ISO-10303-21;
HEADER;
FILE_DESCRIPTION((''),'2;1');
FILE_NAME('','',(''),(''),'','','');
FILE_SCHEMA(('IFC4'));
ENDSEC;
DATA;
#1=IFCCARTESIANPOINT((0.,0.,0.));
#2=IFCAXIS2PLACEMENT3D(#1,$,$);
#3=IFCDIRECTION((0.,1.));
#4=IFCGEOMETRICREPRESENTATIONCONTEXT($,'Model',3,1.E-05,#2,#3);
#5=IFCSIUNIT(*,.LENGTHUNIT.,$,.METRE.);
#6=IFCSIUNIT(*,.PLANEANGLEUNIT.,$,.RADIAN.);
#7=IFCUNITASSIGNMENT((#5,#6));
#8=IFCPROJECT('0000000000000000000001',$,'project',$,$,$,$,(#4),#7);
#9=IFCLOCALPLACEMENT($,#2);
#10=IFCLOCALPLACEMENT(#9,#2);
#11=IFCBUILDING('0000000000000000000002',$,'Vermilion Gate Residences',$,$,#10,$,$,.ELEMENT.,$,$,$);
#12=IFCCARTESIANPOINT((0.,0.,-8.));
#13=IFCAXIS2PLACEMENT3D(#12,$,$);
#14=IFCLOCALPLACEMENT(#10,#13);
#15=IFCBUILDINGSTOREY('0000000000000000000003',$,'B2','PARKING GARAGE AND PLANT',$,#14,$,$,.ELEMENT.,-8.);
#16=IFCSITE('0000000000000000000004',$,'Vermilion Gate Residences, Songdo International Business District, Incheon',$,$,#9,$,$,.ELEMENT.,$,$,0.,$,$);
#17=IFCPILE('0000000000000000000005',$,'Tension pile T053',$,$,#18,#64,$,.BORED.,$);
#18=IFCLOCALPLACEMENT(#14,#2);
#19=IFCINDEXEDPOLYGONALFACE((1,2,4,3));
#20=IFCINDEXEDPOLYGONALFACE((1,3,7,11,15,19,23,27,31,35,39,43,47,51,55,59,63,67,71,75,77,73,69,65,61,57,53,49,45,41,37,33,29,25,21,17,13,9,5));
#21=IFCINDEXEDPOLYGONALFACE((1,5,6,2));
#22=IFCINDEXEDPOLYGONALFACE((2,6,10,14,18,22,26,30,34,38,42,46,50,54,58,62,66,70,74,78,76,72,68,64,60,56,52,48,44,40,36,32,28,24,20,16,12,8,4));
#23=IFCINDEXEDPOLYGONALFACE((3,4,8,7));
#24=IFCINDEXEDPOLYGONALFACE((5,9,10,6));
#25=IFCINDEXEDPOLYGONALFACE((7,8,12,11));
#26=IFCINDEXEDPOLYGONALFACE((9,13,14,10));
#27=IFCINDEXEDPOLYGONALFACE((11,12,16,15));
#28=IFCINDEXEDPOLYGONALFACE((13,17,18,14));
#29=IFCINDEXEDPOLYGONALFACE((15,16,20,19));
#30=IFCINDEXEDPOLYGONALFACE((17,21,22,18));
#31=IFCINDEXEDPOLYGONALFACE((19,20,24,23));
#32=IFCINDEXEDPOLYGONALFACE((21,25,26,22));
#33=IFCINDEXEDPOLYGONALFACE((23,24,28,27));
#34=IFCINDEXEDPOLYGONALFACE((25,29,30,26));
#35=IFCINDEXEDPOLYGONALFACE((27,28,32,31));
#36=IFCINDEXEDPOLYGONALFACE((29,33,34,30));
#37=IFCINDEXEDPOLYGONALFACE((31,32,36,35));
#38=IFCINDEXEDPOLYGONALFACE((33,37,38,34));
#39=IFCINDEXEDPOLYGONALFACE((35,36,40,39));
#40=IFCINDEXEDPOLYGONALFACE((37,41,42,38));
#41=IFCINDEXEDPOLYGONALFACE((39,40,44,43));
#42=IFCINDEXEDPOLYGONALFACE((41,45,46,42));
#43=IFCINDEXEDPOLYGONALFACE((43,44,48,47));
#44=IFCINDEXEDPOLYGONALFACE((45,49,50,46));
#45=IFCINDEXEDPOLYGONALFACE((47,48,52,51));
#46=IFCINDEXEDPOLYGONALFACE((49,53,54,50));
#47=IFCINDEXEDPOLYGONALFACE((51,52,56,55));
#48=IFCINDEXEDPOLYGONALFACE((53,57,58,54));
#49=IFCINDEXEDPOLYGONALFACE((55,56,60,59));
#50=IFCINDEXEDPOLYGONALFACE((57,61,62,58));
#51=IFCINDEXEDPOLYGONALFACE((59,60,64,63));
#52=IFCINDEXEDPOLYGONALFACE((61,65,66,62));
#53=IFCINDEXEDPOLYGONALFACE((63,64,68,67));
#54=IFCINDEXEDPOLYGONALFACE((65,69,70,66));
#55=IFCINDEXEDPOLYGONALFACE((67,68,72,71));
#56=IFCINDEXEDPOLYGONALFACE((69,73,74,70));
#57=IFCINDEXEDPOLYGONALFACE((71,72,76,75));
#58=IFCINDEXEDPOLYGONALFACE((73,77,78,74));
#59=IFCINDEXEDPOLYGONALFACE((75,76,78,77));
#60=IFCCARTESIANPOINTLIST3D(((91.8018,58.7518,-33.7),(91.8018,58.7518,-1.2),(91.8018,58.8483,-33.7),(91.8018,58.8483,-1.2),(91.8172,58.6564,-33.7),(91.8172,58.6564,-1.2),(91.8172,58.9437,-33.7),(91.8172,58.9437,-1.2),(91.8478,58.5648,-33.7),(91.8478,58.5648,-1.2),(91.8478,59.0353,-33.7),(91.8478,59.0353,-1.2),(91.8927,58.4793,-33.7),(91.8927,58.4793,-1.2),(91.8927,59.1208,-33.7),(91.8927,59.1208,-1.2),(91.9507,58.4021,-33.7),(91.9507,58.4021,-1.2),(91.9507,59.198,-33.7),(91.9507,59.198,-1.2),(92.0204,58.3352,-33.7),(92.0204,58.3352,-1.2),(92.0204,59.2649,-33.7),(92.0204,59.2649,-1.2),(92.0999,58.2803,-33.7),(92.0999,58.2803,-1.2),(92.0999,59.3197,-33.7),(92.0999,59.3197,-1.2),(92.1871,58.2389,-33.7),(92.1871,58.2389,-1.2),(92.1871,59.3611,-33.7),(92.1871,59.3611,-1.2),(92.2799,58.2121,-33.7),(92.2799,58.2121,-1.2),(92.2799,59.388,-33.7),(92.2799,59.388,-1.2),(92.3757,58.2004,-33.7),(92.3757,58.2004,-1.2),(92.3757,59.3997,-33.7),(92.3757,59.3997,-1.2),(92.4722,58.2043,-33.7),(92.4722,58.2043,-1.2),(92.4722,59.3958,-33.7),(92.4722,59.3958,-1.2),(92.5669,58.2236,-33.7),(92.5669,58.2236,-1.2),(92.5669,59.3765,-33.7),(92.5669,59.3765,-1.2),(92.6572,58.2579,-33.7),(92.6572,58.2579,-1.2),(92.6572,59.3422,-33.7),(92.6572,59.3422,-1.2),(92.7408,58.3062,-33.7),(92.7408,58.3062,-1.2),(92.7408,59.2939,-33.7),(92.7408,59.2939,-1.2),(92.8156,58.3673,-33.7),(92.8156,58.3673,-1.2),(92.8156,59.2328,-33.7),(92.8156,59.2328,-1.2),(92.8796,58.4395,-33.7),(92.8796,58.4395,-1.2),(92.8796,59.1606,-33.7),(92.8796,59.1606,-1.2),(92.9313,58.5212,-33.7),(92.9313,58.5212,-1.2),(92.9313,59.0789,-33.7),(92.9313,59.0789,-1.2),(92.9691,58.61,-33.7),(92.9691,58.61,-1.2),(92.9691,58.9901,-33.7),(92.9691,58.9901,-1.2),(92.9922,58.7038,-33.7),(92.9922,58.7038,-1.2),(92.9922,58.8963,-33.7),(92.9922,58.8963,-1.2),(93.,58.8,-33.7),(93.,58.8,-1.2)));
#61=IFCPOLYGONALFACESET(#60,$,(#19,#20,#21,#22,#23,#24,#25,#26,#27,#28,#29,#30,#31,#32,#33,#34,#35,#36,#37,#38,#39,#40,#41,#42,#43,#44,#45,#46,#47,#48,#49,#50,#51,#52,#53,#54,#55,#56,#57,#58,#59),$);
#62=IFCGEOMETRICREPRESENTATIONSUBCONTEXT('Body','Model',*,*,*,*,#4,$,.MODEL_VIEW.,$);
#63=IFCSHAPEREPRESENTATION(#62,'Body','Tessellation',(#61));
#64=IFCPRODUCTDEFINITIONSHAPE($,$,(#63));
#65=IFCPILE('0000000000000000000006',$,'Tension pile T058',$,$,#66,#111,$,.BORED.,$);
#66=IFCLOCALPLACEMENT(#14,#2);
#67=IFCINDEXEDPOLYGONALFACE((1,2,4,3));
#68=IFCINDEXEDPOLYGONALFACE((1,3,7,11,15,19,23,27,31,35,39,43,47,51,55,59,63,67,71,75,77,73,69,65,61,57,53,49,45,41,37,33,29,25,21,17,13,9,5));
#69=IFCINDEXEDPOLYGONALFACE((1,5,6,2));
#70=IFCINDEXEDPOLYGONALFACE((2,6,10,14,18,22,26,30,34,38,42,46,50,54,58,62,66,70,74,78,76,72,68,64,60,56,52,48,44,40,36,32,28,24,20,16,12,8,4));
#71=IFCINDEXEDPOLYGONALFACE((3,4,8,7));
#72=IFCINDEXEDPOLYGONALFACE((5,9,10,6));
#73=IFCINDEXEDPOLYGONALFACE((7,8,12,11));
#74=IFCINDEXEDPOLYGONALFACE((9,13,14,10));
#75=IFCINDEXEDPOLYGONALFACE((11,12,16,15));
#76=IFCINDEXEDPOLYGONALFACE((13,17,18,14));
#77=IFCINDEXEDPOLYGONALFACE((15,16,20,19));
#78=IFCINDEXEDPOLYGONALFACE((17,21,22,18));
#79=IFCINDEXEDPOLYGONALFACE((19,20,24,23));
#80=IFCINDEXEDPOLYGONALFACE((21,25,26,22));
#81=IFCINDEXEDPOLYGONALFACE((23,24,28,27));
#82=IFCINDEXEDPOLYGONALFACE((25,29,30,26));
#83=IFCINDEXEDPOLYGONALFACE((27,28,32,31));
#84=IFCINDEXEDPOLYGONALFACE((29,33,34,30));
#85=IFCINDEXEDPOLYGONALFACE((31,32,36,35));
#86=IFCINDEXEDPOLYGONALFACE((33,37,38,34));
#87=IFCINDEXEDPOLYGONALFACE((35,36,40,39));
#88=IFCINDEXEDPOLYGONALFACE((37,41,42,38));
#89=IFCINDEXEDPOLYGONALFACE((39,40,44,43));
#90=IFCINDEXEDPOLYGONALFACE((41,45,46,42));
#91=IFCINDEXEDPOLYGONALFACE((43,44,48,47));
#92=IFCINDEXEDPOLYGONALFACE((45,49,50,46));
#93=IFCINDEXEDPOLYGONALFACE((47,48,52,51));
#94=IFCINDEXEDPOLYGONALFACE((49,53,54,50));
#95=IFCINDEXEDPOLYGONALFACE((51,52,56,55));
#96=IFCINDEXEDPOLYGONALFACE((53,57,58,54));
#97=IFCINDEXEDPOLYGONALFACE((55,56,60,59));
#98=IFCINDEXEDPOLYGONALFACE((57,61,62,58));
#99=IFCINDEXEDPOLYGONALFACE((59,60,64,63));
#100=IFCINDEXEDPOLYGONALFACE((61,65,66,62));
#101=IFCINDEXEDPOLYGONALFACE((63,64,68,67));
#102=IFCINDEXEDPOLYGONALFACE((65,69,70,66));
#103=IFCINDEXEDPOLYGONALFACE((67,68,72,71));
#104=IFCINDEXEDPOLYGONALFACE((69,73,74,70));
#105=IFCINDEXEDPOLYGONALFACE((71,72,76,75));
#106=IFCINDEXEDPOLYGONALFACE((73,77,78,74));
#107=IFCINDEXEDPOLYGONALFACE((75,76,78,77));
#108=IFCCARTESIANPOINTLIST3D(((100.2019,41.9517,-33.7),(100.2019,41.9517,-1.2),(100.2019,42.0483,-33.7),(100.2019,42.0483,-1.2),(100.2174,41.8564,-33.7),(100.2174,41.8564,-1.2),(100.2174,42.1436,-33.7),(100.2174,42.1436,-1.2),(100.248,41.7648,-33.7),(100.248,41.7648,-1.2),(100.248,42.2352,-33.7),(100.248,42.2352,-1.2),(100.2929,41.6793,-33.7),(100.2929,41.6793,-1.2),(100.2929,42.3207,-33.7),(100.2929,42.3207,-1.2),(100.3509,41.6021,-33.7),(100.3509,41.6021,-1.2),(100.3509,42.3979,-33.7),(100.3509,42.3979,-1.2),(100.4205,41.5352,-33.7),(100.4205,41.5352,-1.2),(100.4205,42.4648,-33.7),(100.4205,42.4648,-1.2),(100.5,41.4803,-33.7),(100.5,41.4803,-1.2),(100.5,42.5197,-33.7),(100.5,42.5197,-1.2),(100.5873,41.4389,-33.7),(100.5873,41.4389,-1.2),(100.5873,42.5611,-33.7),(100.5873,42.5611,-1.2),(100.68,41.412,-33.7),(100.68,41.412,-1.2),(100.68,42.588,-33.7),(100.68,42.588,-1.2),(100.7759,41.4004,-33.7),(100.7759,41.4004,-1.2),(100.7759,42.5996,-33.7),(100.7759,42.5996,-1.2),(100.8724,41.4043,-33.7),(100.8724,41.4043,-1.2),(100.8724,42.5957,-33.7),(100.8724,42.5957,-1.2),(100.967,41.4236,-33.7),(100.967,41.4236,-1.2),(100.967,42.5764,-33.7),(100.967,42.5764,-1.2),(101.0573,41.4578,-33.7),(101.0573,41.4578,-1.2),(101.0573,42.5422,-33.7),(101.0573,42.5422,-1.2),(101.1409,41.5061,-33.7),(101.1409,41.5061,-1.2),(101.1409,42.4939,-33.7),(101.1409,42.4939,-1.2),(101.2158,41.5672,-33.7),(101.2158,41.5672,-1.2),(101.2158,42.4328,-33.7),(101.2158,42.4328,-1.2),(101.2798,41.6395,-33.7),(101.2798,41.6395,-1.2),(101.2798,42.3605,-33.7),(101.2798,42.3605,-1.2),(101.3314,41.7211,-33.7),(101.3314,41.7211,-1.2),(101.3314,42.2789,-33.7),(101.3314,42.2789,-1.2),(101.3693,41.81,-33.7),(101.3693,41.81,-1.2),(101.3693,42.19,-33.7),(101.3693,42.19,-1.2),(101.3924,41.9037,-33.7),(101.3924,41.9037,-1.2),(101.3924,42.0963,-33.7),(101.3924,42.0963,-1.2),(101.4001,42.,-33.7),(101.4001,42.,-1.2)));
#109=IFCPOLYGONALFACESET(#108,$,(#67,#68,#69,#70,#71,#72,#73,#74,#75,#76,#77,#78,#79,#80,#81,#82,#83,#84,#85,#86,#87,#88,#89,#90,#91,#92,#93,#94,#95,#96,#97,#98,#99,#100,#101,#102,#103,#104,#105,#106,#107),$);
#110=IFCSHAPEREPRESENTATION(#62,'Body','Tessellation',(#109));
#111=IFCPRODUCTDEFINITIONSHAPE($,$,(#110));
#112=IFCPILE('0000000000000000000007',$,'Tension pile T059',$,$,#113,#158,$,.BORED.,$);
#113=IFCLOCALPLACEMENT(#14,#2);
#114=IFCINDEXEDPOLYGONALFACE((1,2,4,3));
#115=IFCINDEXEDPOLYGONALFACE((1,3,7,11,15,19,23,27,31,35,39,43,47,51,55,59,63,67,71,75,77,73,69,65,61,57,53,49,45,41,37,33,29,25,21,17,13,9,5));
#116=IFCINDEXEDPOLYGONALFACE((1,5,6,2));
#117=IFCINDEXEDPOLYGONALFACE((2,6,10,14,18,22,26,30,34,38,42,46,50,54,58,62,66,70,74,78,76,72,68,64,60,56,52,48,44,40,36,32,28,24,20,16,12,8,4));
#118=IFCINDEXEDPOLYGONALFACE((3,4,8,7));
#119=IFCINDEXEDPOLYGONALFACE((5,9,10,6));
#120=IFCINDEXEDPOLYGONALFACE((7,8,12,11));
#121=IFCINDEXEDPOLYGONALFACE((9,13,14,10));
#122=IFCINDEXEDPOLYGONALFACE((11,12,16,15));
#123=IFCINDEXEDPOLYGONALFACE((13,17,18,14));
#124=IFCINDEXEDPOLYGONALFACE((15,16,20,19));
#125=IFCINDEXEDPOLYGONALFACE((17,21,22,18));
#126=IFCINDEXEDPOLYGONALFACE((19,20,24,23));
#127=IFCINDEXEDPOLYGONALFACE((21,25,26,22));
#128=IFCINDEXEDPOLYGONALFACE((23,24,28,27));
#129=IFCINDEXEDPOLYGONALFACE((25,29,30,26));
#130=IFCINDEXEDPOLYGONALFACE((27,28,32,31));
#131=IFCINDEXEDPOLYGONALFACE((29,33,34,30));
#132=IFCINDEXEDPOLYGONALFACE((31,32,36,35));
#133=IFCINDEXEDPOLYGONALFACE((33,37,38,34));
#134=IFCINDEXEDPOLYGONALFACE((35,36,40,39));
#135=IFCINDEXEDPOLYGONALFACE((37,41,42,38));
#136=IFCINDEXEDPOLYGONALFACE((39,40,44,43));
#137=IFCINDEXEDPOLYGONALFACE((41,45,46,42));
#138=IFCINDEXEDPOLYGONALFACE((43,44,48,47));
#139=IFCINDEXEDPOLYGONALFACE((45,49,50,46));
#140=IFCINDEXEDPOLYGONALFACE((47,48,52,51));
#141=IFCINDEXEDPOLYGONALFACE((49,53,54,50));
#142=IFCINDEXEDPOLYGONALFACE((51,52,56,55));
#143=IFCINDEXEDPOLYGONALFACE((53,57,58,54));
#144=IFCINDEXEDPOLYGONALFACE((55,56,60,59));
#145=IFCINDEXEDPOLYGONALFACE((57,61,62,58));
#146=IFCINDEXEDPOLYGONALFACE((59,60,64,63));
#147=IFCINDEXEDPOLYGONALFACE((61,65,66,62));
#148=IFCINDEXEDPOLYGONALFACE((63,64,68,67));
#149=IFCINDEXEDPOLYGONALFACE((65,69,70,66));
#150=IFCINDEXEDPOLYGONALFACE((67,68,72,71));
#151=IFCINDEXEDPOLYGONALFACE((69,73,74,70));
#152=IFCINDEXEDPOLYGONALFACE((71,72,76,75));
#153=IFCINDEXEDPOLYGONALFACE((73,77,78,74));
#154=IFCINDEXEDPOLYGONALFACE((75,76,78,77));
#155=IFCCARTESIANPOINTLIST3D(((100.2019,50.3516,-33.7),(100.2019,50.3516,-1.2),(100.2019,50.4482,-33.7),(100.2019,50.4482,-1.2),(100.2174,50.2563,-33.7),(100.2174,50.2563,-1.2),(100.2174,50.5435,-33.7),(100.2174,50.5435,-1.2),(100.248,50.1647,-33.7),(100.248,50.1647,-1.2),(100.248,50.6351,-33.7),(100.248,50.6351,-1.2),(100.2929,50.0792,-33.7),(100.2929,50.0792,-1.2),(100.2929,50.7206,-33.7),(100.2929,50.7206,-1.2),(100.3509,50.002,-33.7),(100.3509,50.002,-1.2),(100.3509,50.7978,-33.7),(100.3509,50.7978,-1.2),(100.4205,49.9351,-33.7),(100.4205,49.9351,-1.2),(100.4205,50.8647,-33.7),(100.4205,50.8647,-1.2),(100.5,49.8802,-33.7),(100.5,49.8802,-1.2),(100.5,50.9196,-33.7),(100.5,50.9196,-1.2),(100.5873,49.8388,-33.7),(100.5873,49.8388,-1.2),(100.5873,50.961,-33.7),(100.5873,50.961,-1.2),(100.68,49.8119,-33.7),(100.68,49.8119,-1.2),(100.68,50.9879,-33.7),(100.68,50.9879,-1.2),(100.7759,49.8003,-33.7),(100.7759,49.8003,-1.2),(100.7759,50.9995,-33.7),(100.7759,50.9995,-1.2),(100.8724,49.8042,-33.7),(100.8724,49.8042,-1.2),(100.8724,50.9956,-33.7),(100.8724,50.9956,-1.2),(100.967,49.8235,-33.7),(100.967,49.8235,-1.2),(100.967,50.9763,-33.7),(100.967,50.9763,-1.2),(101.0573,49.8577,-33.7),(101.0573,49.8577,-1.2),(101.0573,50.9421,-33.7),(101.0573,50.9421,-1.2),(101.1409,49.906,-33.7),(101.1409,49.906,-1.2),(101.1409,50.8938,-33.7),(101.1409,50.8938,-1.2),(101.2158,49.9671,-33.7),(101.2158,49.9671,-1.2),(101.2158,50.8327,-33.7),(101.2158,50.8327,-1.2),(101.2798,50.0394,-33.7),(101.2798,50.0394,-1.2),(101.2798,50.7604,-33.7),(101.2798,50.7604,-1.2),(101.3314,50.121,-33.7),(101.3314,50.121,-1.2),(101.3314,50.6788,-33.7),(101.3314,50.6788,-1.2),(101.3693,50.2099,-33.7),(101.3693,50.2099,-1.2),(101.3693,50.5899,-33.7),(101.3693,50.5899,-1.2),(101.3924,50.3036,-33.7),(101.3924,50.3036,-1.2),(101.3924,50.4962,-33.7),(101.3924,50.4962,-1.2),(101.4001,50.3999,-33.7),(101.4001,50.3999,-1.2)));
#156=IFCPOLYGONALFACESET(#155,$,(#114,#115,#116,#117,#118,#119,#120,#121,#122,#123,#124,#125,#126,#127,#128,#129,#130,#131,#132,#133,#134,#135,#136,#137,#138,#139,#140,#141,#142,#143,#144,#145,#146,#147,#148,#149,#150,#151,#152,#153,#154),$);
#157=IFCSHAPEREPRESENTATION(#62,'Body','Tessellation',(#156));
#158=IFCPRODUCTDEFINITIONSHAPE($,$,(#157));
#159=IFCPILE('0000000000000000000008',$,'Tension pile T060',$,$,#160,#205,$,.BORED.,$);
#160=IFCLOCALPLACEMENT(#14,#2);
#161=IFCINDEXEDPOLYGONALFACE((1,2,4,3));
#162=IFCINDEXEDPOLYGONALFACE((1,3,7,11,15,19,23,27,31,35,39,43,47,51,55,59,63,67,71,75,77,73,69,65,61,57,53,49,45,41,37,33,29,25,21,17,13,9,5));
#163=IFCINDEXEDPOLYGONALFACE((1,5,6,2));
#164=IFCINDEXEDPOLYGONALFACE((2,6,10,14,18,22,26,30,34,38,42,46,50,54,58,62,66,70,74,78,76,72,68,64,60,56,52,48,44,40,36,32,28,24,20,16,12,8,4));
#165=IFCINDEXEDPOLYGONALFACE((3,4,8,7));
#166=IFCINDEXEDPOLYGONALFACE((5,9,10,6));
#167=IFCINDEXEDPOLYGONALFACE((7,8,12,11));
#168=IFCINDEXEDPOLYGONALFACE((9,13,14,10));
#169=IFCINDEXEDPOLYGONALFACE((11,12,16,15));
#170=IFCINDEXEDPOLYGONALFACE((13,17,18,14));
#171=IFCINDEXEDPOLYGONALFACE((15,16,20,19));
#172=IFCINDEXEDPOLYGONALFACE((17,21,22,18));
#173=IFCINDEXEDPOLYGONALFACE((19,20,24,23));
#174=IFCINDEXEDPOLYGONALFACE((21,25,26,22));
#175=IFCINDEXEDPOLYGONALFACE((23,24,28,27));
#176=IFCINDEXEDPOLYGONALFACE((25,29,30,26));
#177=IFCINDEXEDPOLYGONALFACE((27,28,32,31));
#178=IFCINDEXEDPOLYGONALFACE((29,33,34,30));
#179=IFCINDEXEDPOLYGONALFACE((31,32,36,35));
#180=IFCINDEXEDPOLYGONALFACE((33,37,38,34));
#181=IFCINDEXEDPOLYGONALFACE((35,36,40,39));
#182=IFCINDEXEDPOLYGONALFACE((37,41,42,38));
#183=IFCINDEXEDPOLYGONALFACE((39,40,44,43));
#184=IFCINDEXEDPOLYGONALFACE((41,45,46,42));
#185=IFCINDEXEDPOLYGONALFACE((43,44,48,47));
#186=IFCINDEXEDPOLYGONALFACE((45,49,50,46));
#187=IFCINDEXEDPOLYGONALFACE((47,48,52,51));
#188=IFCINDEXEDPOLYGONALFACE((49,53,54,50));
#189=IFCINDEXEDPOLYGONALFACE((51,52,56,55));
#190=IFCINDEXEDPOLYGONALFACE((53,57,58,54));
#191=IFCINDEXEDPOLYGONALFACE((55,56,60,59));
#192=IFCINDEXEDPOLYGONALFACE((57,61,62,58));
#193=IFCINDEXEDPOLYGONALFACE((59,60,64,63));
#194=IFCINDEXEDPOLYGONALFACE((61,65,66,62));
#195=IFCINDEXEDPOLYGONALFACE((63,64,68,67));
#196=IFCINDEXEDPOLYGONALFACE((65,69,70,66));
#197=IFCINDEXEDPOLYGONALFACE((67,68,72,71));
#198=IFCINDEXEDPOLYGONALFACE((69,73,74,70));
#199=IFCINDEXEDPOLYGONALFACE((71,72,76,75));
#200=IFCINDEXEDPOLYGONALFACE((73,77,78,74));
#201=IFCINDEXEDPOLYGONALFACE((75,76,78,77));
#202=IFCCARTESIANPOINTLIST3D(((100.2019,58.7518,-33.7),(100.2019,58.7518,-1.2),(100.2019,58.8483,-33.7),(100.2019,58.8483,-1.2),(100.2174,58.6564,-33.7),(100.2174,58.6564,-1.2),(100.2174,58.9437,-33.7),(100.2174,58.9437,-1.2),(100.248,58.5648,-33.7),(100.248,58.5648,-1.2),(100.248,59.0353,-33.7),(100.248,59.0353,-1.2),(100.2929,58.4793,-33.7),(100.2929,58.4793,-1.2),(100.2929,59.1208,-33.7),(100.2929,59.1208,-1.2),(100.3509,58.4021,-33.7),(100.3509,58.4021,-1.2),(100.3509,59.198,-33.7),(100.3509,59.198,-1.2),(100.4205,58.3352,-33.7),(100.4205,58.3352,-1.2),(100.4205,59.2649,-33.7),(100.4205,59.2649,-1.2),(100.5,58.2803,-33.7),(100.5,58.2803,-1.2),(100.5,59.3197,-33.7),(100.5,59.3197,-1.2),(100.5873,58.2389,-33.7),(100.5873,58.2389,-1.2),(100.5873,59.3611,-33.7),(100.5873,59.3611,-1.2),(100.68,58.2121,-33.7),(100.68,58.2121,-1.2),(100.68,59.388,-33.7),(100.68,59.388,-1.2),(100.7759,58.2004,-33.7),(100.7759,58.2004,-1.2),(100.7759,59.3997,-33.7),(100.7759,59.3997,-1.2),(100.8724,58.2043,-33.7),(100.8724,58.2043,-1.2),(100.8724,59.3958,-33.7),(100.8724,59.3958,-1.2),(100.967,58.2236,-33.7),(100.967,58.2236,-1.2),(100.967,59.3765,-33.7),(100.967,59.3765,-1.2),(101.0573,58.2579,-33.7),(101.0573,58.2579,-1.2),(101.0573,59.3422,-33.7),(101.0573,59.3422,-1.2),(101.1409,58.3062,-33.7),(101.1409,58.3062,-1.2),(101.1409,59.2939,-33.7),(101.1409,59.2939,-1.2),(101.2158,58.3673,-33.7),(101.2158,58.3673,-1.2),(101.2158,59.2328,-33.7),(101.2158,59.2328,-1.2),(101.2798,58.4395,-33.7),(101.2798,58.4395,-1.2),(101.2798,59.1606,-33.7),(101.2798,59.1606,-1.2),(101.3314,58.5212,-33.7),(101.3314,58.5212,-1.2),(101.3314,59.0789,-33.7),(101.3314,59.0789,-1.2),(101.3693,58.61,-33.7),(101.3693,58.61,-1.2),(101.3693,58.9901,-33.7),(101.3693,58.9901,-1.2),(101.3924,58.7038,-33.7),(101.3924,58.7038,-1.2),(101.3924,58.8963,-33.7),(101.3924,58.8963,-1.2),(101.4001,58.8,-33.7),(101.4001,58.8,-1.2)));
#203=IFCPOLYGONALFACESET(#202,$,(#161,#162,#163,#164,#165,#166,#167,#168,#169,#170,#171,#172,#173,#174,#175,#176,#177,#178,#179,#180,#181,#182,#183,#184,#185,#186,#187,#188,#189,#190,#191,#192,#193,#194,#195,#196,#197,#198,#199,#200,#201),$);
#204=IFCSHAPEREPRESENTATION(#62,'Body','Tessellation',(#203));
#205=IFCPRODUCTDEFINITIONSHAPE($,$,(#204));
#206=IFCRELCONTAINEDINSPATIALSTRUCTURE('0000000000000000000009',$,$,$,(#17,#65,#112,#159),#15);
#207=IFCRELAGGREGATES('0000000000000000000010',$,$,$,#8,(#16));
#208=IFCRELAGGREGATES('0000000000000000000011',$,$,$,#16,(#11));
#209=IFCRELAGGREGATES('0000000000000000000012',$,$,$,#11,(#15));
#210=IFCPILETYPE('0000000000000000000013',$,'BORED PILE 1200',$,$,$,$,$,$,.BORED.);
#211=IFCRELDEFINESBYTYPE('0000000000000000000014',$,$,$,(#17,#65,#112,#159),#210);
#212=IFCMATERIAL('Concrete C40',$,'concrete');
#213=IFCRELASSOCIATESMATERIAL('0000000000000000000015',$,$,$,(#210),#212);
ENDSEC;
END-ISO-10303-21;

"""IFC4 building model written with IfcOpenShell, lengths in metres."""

from ifc_helpers import new_model, si_unit, direction, frame, origin, origin_2d, place, context, subcontext, project, spatial, circle, extrude, material, material_profile, profile_set, type_object, element, save


model = new_model("IFC4")

# Units and contexts
model_context = context("Model", 3, precision=1e-05, world=origin(), true_north=direction((0.0, 1.0)))
body_context = subcontext(model_context, "Body", "Model", "MODEL_VIEW")
ifc_project = project(units=[si_unit("LENGTHUNIT", "METRE"), si_unit("PLANEANGLEUNIT", "RADIAN")], contexts=[model_context])

# Site, building, storey
site_placement = place(None, origin())
site = spatial("IfcSite", under=ifc_project, at=site_placement, Name="Vermilion Gate Residences, Songdo International Business District, Incheon", CompositionType="ELEMENT", RefElevation=0.0)
building_placement = place(site_placement, origin())
building = spatial("IfcBuilding", under=site, at=building_placement, Name="Vermilion Gate Residences", CompositionType="ELEMENT")
storey_placement = place(building_placement, frame((0.0, 0.0, -8.0)))
storey = spatial("IfcBuildingStorey", under=building, at=storey_placement, Name="B2", Description="PARKING GARAGE AND PLANT", CompositionType="ELEMENT", Elevation=-8.0)

# Piles
ifc_material_1 = material(Name="Concrete C40", Category="concrete")
ifc_material_profile_1 = material_profile(ifc_material_1, circle(Radius=0.6001, at=origin_2d()), Name="BORED PILE 1200")
ifc_profile_set_1 = profile_set([ifc_material_profile_1], Name="Concrete C40")
pile_type = type_object("IfcPileType", Name="BORED PILE 1200", PredefinedType="BORED", material=ifc_profile_set_1)
for number, where, z_axis, x_axis, name in (
    (1, (92.3999, 58.8, -1.2), (0.0, 0.0, -1.0), (1.0, 0.0, 0.0), "Tension pile T053"),
    (2, (100.8, 42.0, -1.2), (0.0, 0.0, -1.0), (1.0, 0.0, 0.0), "Tension pile T058"),
    (3, (100.8, 50.3999, -1.2), (0.0, 0.0, -1.0), (1.0, 0.0, 0.0), "Tension pile T059"),
    (4, (100.8, 58.8, -1.2), (0.0, 0.0, -1.0), (1.0, 0.0, 0.0), "Tension pile T060"),
):
    element("IfcPile", number, at=place(storey_placement, frame(where, z_axis=z_axis, x_axis=x_axis)), inside=storey, type_object=pile_type, Name=name, PredefinedType="BORED", context=body_context, shape_type="SweptSolid", body=[
        extrude(circle(Radius=0.6001, at=origin_2d()), origin(), (0.0, 0.0, 1.0), 32.5),
    ])

save(model, "model.ifc")
